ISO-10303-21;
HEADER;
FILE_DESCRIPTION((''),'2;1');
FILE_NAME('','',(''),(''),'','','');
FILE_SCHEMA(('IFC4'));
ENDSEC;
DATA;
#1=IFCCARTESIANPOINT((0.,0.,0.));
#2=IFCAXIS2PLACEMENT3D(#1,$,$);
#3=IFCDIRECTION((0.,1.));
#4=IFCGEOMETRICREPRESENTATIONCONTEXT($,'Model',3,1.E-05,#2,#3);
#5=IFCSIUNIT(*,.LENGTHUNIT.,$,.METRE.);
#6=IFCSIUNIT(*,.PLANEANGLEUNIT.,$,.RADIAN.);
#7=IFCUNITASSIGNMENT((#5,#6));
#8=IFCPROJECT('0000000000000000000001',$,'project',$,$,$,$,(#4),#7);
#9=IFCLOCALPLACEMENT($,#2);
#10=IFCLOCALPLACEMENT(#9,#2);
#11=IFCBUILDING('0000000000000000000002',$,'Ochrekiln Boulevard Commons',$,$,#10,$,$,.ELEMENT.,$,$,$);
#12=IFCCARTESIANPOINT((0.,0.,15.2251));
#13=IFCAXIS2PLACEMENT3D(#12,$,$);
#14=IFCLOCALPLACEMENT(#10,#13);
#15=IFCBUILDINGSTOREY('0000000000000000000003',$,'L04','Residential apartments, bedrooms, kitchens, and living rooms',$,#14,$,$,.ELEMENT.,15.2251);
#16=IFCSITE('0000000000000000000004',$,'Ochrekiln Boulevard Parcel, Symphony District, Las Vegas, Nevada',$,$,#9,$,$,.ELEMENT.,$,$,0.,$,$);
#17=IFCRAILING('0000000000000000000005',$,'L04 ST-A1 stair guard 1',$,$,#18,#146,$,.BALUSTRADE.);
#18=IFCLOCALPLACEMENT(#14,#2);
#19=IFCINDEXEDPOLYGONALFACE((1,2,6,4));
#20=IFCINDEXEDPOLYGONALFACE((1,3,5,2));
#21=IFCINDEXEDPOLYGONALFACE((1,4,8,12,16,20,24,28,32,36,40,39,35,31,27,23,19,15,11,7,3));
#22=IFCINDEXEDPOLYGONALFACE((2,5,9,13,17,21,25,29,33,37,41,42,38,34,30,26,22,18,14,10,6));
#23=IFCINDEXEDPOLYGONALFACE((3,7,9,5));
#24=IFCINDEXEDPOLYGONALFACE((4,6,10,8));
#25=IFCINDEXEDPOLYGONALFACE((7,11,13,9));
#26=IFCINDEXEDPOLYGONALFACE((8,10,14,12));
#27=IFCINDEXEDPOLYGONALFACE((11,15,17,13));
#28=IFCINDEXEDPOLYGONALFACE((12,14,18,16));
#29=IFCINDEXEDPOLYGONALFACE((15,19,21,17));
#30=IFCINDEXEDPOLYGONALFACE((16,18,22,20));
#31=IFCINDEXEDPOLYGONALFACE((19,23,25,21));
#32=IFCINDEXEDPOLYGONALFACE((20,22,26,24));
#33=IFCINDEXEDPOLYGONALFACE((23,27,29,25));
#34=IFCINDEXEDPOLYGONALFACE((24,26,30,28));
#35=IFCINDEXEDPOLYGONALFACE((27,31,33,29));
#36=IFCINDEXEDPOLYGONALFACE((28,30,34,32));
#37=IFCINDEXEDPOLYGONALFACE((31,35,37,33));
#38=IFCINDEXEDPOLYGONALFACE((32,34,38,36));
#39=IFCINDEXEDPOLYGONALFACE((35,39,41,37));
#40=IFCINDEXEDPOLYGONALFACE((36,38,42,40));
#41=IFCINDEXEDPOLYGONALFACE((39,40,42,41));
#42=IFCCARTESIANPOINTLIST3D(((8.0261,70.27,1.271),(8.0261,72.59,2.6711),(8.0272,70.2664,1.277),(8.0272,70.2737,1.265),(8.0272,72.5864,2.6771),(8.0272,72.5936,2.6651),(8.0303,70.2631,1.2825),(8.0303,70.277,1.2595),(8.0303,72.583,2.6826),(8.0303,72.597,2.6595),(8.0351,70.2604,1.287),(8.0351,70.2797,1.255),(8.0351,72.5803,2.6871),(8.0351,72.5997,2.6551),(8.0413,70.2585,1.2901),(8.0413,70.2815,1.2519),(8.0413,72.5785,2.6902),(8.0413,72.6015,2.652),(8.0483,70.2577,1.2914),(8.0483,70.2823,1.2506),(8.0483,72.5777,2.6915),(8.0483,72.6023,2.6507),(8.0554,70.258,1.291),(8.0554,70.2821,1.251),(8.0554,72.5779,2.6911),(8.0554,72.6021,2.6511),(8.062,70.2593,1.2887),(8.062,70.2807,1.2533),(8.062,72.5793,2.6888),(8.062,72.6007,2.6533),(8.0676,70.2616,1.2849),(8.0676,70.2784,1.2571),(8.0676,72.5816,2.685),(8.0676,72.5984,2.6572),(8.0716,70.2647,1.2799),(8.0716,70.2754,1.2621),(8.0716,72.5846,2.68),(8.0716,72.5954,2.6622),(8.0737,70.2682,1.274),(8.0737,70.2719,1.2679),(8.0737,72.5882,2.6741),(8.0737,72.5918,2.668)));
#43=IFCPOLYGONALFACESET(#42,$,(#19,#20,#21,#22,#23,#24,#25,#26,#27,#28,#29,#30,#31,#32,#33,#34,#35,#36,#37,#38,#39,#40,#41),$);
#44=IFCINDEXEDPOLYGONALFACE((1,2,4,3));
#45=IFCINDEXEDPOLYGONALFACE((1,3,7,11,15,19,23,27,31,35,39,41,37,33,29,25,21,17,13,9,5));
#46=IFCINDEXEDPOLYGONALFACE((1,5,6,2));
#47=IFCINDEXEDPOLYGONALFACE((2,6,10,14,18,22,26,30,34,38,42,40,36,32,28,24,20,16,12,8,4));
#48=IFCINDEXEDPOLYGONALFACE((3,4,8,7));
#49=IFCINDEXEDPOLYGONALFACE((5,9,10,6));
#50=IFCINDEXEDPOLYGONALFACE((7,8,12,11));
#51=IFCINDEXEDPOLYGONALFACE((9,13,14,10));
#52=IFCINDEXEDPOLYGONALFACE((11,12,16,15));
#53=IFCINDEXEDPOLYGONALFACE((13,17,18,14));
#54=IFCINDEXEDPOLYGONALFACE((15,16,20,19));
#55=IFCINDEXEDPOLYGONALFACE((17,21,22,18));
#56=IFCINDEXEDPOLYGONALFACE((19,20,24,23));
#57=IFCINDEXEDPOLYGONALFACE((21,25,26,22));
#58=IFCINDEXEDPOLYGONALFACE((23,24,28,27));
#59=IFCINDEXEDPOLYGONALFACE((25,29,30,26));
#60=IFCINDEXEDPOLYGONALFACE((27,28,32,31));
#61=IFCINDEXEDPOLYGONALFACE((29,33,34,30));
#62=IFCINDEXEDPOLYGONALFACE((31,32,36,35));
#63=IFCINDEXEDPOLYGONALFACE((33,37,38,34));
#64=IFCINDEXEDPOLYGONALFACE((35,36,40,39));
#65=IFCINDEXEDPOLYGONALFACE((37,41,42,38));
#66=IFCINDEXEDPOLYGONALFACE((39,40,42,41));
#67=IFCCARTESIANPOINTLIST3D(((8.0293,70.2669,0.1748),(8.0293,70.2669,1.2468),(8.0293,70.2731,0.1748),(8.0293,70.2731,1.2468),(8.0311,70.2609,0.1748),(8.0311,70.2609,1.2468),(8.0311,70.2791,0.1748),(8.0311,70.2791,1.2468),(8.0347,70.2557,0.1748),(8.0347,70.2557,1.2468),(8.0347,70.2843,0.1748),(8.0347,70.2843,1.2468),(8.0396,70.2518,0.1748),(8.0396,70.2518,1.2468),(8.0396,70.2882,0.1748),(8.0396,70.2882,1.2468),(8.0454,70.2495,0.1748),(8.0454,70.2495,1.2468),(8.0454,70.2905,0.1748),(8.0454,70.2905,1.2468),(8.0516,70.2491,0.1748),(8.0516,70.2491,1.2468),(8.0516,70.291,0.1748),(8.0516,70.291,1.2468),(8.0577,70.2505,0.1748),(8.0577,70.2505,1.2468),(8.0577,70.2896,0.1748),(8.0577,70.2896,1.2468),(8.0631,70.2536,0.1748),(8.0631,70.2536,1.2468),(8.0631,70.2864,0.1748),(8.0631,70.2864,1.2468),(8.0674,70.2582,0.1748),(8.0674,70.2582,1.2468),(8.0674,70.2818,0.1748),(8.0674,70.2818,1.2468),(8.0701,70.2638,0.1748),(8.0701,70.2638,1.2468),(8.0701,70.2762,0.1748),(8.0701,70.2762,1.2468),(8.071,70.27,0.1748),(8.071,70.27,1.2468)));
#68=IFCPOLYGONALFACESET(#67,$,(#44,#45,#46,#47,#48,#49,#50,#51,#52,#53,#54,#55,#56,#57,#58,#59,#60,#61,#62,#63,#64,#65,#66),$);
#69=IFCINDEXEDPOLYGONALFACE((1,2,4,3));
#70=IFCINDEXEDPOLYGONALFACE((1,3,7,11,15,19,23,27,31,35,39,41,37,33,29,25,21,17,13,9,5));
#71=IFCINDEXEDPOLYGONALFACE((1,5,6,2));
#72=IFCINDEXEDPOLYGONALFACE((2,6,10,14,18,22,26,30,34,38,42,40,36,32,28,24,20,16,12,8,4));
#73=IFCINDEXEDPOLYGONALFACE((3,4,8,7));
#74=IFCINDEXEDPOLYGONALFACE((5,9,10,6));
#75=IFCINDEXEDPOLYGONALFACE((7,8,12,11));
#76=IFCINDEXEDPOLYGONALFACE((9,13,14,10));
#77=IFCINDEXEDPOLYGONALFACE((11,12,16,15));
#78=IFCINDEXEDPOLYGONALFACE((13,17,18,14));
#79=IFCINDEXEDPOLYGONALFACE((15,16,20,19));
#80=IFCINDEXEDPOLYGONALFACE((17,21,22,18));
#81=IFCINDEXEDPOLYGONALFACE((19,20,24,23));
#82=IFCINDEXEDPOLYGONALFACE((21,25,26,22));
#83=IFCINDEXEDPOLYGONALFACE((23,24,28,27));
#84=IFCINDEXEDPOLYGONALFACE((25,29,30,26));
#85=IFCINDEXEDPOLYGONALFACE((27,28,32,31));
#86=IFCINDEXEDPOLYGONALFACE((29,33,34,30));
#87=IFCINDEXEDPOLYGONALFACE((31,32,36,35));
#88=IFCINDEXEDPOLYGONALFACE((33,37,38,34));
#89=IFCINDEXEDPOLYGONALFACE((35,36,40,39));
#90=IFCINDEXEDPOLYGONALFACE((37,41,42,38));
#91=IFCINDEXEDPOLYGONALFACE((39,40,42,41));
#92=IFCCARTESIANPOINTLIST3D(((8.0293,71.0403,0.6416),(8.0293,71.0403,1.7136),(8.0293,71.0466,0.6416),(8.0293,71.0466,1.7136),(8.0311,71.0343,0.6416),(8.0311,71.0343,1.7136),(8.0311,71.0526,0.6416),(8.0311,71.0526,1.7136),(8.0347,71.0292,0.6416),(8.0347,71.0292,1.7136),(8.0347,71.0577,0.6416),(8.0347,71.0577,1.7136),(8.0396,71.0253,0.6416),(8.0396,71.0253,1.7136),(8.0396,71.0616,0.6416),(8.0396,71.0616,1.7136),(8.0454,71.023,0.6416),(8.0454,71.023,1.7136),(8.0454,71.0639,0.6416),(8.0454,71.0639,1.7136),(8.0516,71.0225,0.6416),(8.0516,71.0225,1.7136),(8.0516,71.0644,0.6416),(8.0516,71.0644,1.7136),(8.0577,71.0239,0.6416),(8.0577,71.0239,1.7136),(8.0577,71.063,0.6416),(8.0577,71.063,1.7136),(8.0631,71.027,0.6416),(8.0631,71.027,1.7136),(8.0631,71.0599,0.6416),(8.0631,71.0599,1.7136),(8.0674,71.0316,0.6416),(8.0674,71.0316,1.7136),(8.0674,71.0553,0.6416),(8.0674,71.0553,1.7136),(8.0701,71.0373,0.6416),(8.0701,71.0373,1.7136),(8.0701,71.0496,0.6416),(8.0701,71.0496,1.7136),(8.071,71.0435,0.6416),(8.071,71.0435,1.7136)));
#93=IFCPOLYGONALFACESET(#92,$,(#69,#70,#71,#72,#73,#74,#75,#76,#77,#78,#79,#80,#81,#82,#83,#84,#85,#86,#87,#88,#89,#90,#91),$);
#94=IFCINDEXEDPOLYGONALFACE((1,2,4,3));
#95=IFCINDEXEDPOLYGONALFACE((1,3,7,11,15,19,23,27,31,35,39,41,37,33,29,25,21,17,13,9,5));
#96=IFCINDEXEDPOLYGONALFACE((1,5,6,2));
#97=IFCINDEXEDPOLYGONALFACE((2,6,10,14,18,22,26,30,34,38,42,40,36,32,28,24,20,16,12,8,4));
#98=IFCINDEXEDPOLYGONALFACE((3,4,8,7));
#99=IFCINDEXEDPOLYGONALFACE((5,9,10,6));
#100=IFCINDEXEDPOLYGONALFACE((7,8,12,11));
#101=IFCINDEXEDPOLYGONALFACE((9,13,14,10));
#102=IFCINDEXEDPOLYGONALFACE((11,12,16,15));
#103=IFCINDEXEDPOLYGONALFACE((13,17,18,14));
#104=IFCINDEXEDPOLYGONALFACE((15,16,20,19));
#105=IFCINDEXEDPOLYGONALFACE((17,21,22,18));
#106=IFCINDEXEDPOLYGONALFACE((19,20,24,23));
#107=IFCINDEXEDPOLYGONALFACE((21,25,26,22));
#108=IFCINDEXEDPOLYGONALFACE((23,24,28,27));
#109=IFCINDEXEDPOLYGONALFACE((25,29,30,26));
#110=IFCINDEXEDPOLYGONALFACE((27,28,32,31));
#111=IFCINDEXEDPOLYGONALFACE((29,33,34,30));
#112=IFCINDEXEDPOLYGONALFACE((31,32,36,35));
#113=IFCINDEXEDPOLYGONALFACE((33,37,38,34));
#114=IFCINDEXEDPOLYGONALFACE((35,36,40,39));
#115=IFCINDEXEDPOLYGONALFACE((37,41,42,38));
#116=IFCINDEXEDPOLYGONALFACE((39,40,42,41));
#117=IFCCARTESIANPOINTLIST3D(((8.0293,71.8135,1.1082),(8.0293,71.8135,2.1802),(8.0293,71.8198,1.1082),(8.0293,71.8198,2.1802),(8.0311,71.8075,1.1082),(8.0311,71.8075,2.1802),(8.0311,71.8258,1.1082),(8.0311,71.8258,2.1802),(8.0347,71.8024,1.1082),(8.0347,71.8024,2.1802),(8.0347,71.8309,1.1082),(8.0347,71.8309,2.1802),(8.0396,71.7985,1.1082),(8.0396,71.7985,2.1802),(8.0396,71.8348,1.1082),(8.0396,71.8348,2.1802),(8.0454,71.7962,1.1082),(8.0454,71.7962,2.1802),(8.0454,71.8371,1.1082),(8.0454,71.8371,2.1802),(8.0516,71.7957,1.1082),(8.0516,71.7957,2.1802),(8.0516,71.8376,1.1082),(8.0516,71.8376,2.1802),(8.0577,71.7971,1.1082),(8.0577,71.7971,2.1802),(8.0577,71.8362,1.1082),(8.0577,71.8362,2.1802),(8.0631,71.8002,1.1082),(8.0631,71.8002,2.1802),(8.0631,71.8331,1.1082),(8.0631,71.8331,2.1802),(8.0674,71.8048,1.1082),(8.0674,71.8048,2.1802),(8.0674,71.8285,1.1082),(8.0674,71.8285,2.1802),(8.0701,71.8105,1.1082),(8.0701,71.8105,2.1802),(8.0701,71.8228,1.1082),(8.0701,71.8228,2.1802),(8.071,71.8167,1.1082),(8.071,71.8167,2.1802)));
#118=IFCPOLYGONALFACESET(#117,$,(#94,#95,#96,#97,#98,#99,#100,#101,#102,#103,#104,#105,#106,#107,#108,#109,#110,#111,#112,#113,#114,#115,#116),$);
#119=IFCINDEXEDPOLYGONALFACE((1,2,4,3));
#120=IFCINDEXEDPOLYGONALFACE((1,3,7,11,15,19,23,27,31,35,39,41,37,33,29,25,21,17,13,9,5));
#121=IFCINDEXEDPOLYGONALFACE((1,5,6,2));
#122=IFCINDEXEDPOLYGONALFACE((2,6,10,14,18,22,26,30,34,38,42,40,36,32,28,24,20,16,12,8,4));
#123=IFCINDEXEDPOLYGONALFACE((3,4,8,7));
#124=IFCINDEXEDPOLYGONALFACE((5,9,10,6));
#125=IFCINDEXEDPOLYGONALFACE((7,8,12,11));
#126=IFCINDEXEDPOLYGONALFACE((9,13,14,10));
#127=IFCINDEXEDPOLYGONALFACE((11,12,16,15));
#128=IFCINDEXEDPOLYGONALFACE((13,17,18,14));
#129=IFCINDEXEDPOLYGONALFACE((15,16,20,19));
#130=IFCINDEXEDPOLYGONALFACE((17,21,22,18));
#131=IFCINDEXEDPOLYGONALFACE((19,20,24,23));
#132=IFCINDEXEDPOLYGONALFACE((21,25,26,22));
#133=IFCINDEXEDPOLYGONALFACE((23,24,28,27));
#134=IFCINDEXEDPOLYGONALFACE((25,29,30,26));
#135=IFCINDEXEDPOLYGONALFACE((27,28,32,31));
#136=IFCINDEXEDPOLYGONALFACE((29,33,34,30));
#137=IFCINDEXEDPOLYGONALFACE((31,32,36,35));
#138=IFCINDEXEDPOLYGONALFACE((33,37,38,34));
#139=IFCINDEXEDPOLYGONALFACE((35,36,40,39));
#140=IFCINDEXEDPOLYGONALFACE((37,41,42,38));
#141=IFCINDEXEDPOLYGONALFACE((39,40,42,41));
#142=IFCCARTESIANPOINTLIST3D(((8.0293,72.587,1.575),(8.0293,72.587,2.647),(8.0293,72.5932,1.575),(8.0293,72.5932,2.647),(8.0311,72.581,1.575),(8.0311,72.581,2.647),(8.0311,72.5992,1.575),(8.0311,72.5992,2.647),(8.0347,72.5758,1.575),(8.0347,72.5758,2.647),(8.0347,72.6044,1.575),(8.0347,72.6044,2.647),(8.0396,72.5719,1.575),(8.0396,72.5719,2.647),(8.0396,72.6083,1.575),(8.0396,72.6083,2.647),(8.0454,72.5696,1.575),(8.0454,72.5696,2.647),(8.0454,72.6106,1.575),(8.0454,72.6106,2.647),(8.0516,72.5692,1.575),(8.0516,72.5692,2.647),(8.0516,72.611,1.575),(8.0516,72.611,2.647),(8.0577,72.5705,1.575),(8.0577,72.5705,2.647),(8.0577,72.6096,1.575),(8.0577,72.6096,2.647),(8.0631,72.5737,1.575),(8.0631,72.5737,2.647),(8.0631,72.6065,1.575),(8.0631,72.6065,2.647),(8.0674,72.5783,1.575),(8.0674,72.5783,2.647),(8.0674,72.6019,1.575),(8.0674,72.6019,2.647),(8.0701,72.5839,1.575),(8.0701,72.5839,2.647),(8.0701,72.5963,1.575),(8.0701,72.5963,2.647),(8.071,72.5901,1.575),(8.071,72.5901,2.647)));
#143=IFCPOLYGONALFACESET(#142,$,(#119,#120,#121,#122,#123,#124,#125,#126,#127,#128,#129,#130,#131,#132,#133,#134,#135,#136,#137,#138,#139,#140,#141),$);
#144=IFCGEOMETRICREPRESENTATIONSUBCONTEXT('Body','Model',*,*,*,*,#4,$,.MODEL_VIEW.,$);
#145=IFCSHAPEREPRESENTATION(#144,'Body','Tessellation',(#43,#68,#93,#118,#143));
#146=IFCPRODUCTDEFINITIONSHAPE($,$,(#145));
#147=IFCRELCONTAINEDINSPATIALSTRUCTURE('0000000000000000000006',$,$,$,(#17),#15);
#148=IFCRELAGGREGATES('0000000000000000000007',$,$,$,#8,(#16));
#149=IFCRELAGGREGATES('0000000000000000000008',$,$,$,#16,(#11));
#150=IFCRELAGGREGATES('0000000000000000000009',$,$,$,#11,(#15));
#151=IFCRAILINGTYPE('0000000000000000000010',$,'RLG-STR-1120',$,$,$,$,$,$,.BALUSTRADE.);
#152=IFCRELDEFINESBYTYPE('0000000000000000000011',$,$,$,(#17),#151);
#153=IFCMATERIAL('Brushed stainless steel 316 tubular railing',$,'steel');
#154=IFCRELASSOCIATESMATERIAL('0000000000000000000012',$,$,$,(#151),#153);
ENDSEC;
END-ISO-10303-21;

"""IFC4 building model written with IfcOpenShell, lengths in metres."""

from ifc_helpers import new_model, si_unit, direction, frame, origin, origin_2d, place, context, subcontext, project, spatial, circle, extrude, material, type_object, element, save


model = new_model("IFC4")

# Units and contexts
model_context = context("Model", 3, precision=1e-05, world=origin(), true_north=direction((0.0, 1.0)))
body_context = subcontext(model_context, "Body", "Model", "MODEL_VIEW")
ifc_project = project(units=[si_unit("LENGTHUNIT", "METRE"), si_unit("PLANEANGLEUNIT", "RADIAN")], contexts=[model_context])

# Site, building, storey
site_placement = place(None, origin())
site = spatial("IfcSite", under=ifc_project, at=site_placement, Name="Ochrekiln Boulevard Parcel, Symphony District, Las Vegas, Nevada", CompositionType="ELEMENT", RefElevation=0.0)
building_placement = place(site_placement, origin())
building = spatial("IfcBuilding", under=site, at=building_placement, Name="Ochrekiln Boulevard Commons", CompositionType="ELEMENT")
storey_placement = place(building_placement, frame((0.0, 0.0, 15.2251)))
storey = spatial("IfcBuildingStorey", under=building, at=storey_placement, Name="L04", Description="Residential apartments, bedrooms, kitchens, and living rooms", CompositionType="ELEMENT", Elevation=15.2251)

# Railing
ifc_material_1 = material(Name="Brushed stainless steel 316 tubular railing", Category="steel")
railing_type_1 = type_object("IfcRailingType", Name="RLG-STR-1120", PredefinedType="BALUSTRADE", material=ifc_material_1)
railing_1_placement = place(storey_placement, frame((8.05, 70.27, 0.1748)))
element("IfcRailing", 1, at=railing_1_placement, inside=storey, type_object=railing_type_1, Name="L04 ST-A1 stair guard 1", PredefinedType="BALUSTRADE", context=body_context, shape_type="SweptSolid", body=[
    extrude(circle(Radius=0.0239, at=origin_2d()), frame((0.0, 0.0, 1.0962), z_axis=(0.0, 0.85617, 0.516693), x_axis=(-1.0, 0.0, 0.0)), (0.0, 0.0, 1.0), 2.7097),
    extrude(circle(Radius=0.021, at=origin_2d()), origin(), (0.0, 0.0, 1.0), 1.072),
    extrude(circle(Radius=0.021, at=origin_2d()), frame((0.0, 0.7734, 0.4668)), (0.0, 0.0, 1.0), 1.072),
    extrude(circle(Radius=0.021, at=origin_2d()), frame((0.0, 1.5466, 0.9333)), (0.0, 0.0, 1.0), 1.072),
    extrude(circle(Radius=0.021, at=origin_2d()), frame((0.0, 2.3201, 1.4001)), (0.0, 0.0, 1.0), 1.072),
])

save(model, "model.ifc")
